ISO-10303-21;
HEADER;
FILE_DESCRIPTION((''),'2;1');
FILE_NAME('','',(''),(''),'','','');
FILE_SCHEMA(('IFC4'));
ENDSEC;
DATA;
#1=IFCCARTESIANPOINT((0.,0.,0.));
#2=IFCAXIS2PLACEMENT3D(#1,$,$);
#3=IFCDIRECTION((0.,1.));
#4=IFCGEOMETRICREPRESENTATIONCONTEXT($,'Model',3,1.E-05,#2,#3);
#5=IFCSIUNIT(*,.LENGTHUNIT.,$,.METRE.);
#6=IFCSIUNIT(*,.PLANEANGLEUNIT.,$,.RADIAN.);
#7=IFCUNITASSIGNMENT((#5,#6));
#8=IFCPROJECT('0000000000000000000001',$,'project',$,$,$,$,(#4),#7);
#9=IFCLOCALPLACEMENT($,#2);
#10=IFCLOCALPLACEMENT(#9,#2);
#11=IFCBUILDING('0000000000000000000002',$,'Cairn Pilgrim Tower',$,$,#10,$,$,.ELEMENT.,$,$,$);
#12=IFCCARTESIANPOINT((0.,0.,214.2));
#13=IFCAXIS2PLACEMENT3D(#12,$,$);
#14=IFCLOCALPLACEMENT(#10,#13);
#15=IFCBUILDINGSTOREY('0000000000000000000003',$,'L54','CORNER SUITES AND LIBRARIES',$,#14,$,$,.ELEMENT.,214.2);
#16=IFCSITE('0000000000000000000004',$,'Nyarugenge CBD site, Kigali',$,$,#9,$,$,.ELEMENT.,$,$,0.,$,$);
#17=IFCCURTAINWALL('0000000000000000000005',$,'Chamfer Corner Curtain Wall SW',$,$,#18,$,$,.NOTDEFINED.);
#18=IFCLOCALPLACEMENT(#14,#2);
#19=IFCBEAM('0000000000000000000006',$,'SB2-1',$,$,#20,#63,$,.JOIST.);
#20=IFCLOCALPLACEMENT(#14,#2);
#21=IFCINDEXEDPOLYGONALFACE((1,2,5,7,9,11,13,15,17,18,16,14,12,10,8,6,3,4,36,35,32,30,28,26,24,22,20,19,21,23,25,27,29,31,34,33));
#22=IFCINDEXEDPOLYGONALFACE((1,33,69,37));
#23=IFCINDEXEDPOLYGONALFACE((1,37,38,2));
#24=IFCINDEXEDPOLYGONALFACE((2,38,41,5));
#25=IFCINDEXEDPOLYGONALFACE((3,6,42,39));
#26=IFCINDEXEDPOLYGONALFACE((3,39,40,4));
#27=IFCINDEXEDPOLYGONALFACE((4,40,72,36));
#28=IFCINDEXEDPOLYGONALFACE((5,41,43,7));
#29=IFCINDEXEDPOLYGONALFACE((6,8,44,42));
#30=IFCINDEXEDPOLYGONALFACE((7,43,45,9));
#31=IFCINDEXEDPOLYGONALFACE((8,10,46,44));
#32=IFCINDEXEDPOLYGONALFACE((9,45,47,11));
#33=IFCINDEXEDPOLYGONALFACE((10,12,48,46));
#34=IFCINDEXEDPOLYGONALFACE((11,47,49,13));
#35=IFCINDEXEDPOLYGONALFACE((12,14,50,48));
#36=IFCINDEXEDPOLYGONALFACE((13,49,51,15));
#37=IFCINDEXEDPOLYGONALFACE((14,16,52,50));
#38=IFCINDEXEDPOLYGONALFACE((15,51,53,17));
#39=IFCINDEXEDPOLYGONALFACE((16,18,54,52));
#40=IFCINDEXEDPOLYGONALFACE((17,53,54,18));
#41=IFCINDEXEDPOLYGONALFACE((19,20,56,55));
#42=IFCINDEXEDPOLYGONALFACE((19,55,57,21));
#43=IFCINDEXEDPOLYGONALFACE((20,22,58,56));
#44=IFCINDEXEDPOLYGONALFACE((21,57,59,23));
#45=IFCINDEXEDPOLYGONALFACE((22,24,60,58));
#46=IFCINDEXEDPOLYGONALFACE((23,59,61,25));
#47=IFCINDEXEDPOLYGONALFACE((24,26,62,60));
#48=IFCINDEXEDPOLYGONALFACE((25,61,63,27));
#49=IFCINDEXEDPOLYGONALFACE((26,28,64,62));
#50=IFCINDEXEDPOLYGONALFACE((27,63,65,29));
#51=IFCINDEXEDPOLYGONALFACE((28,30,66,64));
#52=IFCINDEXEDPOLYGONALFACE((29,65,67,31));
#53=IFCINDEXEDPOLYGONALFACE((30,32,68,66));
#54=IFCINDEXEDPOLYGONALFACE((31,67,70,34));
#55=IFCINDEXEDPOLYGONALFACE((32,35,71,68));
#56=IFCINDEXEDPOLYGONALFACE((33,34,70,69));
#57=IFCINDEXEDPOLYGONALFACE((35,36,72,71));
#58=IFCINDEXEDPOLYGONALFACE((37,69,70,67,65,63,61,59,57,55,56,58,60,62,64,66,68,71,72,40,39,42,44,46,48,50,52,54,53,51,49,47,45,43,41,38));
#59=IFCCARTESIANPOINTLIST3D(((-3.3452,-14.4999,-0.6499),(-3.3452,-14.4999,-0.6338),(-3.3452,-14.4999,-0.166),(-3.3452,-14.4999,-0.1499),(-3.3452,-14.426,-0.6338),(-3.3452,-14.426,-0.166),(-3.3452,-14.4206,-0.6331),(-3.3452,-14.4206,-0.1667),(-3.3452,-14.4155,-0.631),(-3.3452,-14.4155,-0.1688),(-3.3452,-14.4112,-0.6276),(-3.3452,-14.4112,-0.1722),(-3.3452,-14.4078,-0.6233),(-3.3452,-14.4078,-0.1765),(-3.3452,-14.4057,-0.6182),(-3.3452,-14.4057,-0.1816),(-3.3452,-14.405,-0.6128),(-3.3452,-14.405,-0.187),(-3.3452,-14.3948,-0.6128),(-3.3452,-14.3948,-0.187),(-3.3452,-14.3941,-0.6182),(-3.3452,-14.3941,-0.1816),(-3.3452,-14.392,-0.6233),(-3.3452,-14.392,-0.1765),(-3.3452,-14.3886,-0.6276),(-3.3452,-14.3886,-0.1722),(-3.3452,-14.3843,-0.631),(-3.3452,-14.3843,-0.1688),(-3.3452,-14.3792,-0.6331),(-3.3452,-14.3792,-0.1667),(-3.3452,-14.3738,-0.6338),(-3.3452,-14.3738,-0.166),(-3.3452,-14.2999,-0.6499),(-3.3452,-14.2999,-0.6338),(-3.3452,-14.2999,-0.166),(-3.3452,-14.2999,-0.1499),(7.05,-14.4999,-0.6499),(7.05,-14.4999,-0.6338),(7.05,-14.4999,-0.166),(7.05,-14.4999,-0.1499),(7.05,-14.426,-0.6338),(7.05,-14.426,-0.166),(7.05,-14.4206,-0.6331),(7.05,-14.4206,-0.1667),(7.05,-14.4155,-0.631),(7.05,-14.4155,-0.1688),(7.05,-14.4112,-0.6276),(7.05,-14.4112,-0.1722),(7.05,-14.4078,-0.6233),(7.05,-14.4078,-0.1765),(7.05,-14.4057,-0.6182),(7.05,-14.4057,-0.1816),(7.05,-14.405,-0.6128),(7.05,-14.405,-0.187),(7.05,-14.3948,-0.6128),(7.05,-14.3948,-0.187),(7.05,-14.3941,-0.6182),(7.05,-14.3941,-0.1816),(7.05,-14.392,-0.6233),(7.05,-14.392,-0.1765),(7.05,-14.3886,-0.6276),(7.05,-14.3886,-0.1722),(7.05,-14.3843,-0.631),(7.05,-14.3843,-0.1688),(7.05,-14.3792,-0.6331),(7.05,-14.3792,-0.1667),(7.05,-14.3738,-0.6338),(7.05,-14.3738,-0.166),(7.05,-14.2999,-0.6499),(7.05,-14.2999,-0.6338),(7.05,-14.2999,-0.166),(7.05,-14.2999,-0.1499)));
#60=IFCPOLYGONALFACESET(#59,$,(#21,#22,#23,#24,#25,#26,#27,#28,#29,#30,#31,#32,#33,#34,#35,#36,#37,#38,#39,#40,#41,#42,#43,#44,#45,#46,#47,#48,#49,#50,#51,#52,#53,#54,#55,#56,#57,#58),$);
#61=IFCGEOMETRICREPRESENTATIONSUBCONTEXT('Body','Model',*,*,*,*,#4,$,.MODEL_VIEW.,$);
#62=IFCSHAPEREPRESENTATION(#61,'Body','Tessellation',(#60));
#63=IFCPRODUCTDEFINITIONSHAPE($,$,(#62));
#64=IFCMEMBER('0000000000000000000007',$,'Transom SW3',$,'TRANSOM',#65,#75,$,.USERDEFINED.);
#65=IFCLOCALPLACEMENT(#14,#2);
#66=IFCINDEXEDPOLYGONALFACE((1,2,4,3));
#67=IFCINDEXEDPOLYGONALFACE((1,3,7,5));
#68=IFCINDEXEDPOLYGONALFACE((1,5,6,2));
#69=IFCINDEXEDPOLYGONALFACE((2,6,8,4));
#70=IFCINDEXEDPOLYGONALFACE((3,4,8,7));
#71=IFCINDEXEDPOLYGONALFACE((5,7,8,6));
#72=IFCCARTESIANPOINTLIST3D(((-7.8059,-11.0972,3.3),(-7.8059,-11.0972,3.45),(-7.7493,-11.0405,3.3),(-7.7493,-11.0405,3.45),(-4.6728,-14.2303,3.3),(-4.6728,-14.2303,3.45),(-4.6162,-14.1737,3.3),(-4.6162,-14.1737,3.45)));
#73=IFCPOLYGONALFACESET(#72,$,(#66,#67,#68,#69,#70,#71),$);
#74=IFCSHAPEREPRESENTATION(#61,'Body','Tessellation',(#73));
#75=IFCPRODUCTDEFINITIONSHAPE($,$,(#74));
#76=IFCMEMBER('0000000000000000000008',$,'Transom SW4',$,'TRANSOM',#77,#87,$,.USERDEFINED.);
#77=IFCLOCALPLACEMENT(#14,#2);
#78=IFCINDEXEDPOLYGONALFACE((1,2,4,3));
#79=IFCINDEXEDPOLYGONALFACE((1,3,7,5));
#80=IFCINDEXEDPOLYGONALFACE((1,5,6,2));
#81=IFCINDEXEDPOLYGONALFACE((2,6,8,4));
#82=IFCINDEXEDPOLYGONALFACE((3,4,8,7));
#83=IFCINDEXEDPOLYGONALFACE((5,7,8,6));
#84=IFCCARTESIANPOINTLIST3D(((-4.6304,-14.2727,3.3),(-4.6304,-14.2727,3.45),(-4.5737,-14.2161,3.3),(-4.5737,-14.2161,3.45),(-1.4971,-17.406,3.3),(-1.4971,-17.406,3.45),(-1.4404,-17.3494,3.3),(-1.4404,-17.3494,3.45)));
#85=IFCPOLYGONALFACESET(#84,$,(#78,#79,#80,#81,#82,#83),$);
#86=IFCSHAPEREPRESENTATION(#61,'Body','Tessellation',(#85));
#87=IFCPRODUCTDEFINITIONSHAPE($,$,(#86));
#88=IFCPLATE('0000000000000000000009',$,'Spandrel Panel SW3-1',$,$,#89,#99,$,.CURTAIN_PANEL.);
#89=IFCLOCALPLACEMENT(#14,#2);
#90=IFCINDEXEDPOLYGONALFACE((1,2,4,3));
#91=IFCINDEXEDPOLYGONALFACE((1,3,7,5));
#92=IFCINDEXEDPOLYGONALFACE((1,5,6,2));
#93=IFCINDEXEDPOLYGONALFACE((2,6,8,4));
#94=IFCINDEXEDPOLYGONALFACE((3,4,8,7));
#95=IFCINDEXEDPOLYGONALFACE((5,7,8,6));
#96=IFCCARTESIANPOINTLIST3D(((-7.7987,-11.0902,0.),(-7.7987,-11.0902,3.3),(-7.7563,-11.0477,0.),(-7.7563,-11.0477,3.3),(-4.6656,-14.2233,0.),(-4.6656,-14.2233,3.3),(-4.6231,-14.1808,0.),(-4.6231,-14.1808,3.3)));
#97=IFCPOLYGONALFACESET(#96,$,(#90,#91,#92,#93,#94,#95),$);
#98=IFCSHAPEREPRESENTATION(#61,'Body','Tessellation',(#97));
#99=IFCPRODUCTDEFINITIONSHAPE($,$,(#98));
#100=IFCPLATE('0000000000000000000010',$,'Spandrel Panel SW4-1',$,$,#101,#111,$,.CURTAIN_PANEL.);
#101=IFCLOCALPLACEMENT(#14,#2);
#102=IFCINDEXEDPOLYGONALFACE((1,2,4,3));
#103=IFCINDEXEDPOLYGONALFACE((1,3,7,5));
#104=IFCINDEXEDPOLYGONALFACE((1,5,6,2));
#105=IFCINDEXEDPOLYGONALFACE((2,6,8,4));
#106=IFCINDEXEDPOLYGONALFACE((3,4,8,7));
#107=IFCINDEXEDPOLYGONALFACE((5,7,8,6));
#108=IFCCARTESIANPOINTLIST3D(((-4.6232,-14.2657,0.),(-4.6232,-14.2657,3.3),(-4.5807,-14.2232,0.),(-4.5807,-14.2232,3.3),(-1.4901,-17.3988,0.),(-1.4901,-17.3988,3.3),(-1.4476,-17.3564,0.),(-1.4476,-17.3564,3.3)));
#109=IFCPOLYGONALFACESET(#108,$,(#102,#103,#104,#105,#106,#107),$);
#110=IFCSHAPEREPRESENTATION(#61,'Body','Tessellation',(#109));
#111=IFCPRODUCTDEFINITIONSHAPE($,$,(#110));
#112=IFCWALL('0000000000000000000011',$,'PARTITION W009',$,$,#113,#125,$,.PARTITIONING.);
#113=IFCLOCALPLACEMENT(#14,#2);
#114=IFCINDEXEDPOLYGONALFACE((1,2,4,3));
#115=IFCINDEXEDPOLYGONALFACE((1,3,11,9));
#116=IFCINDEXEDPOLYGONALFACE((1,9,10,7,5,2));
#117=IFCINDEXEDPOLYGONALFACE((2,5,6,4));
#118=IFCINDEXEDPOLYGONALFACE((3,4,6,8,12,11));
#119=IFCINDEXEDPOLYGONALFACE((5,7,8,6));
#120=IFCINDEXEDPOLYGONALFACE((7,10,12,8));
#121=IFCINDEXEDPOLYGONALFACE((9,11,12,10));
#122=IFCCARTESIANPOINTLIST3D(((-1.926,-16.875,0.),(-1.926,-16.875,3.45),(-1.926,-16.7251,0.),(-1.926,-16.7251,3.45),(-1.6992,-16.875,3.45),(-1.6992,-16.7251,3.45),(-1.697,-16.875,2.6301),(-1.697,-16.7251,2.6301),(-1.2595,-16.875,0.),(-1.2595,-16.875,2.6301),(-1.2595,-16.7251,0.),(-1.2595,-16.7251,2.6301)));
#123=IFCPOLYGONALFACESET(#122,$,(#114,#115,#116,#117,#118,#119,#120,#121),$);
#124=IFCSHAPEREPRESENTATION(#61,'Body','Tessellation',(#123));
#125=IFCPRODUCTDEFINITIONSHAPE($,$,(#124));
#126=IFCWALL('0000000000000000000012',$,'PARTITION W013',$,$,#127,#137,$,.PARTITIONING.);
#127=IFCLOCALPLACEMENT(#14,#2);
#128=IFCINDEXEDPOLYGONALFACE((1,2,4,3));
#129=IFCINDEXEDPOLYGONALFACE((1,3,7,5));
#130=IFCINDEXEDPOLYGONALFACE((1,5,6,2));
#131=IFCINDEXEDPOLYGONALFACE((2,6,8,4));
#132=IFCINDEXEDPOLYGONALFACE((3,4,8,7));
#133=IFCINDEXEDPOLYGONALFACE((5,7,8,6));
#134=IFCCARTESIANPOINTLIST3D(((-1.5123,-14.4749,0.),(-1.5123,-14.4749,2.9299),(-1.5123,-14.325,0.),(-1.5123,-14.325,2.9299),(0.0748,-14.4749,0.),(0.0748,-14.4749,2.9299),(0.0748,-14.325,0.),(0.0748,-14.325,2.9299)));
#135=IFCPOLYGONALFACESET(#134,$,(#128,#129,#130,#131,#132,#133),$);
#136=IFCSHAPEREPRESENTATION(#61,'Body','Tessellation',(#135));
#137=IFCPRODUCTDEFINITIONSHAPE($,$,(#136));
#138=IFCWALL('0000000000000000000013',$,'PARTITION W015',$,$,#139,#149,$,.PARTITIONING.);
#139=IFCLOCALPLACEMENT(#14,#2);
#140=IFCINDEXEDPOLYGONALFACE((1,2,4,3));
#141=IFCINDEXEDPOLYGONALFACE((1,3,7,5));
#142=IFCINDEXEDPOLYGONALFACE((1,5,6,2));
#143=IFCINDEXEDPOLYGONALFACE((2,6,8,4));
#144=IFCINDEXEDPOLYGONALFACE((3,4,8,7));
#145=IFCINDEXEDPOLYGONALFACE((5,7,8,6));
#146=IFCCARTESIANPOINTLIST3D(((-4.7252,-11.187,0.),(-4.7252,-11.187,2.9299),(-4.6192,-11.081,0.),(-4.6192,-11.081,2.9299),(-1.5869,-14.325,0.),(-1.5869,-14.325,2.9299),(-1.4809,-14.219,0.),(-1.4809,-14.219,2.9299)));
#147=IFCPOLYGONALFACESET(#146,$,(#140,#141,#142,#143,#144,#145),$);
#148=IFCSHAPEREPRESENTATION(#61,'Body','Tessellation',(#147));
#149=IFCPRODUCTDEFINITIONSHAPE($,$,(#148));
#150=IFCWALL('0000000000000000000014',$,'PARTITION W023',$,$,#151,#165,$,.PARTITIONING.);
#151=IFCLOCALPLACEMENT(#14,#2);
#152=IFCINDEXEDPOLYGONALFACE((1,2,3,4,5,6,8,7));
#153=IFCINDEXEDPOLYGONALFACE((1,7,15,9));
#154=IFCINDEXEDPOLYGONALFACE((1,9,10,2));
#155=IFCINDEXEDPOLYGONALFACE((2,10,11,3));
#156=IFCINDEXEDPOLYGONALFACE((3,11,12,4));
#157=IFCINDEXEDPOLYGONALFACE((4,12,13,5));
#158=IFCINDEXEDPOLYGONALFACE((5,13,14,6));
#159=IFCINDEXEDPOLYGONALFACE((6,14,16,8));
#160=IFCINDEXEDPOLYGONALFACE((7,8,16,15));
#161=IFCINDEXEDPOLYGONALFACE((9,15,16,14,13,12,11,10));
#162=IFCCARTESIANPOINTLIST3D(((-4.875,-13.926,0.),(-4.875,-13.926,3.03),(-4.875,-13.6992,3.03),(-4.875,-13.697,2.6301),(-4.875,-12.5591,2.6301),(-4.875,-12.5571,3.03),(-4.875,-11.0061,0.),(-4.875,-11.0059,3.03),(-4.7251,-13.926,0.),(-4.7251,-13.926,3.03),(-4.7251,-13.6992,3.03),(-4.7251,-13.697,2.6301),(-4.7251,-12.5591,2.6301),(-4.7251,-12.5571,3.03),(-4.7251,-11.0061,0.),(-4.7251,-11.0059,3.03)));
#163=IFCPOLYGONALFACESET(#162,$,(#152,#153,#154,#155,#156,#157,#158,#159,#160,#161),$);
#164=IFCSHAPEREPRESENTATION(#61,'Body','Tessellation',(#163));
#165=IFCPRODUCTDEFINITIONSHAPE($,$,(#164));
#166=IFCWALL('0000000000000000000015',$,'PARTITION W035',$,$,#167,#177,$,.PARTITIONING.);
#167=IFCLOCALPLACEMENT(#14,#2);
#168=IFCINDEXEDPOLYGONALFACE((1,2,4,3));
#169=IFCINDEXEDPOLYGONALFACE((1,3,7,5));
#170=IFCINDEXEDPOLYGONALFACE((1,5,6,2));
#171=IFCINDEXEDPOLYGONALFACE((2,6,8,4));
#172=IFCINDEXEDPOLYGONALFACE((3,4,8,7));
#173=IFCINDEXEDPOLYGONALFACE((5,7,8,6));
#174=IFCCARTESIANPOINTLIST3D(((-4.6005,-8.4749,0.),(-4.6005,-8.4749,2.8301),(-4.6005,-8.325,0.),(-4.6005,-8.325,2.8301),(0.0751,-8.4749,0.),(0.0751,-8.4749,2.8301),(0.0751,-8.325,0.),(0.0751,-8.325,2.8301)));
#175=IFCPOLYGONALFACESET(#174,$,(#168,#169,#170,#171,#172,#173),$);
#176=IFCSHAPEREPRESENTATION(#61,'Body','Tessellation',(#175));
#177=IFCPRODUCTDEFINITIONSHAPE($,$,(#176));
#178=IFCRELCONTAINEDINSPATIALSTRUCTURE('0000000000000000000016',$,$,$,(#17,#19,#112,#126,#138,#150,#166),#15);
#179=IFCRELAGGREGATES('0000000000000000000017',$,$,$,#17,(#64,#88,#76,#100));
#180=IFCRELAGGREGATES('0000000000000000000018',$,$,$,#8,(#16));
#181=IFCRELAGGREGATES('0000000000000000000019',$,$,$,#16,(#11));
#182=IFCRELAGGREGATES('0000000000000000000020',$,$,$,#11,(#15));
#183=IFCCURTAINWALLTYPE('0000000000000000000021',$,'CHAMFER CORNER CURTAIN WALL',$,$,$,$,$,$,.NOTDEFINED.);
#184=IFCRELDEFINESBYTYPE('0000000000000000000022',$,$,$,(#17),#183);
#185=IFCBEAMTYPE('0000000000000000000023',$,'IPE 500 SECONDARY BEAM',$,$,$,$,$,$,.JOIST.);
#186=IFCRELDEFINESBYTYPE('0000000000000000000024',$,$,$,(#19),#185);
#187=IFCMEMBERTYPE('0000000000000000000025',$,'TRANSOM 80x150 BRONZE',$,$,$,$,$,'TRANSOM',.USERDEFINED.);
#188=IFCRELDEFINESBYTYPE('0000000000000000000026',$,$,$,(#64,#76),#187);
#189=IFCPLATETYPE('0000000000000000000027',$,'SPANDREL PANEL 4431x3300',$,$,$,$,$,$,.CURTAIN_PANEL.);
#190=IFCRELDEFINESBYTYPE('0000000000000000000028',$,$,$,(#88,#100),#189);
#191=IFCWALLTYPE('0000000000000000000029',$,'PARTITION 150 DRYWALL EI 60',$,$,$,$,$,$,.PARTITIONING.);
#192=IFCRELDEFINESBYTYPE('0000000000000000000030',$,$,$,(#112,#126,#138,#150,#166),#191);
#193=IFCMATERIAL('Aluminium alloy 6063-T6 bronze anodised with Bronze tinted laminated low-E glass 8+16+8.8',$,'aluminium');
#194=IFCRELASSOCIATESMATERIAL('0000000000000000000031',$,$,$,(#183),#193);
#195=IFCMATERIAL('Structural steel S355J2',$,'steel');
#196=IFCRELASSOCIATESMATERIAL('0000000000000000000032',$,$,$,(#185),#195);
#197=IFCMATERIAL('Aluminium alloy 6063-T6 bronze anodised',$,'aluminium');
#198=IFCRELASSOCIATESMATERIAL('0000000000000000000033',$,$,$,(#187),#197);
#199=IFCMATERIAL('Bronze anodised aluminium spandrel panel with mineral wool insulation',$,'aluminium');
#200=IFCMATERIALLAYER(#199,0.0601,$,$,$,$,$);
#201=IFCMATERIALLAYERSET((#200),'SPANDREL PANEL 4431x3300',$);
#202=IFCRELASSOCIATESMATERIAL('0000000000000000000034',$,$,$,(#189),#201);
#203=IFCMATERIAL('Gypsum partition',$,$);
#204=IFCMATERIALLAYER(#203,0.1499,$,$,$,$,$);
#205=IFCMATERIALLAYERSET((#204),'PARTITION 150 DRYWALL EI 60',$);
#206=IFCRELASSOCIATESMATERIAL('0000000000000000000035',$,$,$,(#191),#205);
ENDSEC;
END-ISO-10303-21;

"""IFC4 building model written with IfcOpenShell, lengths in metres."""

from ifc_helpers import new_model, si_unit, direction, frame, frame_2d, origin, origin_2d, place, context, subcontext, project, spatial, polyline, rectangle, i_section, outline, extrude, material, layer, layer_set, material_profile, profile_set, type_object, element, aggregate, save


model = new_model("IFC4")

# Units and contexts
model_context = context("Model", 3, precision=1e-05, world=origin(), true_north=direction((0.0, 1.0)))
body_context = subcontext(model_context, "Body", "Model", "MODEL_VIEW")
ifc_project = project(units=[si_unit("LENGTHUNIT", "METRE"), si_unit("PLANEANGLEUNIT", "RADIAN")], contexts=[model_context])

# Site, building, storey
site_placement = place(None, origin())
site = spatial("IfcSite", under=ifc_project, at=site_placement, Name="Nyarugenge CBD site, Kigali", CompositionType="ELEMENT", RefElevation=0.0)
building_placement = place(site_placement, origin())
building = spatial("IfcBuilding", under=site, at=building_placement, Name="Cairn Pilgrim Tower", CompositionType="ELEMENT")
storey_placement = place(building_placement, frame((0.0, 0.0, 214.2)))
storey = spatial("IfcBuildingStorey", under=building, at=storey_placement, Name="L54", Description="CORNER SUITES AND LIBRARIES", CompositionType="ELEMENT", Elevation=214.2)

# Shared definitions
ifc_material_1 = material(Name="Structural steel S355J2", Category="steel")

# Curtain wall
ifc_material_2 = material(Name="Aluminium alloy 6063-T6 bronze anodised with Bronze tinted laminated low-E glass 8+16+8.8", Category="aluminium")
curtain_wall_type = type_object("IfcCurtainWallType", Name="CHAMFER CORNER CURTAIN WALL", PredefinedType="NOTDEFINED", material=ifc_material_2)
curtain_wall_placement = place(storey_placement, origin())
curtain_wall = element("IfcCurtainWall", 1, at=curtain_wall_placement, inside=storey, type_object=curtain_wall_type, Name="Chamfer Corner Curtain Wall SW", PredefinedType="NOTDEFINED")
ifc_material_3 = material(Name="Aluminium alloy 6063-T6 bronze anodised", Category="aluminium")

# Beam
ifc_material_profile_1 = material_profile(ifc_material_1, i_section(OverallWidth=0.2, OverallDepth=0.5, WebThickness=0.0103, FlangeThickness=0.0161, FilletRadius=0.021, at=origin_2d()), Name="IPE 500")
ifc_profile_set_1 = profile_set([ifc_material_profile_1], Name="Structural steel S355J2")
beam_type_1 = type_object("IfcBeamType", Name="IPE 500 SECONDARY BEAM", PredefinedType="JOIST", material=ifc_profile_set_1)
beam_1_placement = place(storey_placement, frame((-3.3452, -14.3999, -0.3999), z_axis=(1.0, 0.0, 0.0), x_axis=(0.0, 1.0, 0.0)))
element("IfcBeam", 2, at=beam_1_placement, inside=storey, type_object=beam_type_1, Name="SB2-1", PredefinedType="JOIST", context=body_context, shape_type="SweptSolid", body=[
    extrude(i_section(OverallWidth=0.2, OverallDepth=0.5, WebThickness=0.0103, FlangeThickness=0.0161, FilletRadius=0.021, at=origin_2d()), origin(), (0.0, 0.0, 1.0), 10.3953),
])

# Members
ifc_material_profile_2 = material_profile(ifc_material_3, rectangle(XDim=0.0801, YDim=0.1499, at=origin_2d()), Name="TRANSOM 80x150 BRONZE")
ifc_profile_set_2 = profile_set([ifc_material_profile_2], Name="Aluminium alloy 6063-T6 bronze anodised")
member_type_1 = type_object("IfcMemberType", Name="TRANSOM 80x150 BRONZE", ElementType="TRANSOM", PredefinedType="USERDEFINED", material=ifc_profile_set_2)
member_1_placement = place(storey_placement, frame((-7.7776, -11.0688, 3.375), z_axis=(0.707107, -0.707107, 0.0), x_axis=(0.707107, 0.707107, 0.0)))
member_1 = element("IfcMember", 3, at=member_1_placement, type_object=member_type_1, Name="Transom SW3", ObjectType="TRANSOM", PredefinedType="USERDEFINED", context=body_context, shape_type="SweptSolid", body=[
    extrude(rectangle(XDim=0.0801, YDim=0.1499, at=origin_2d()), origin(), (0.0, 0.0, 1.0), 4.4309),
])
member_2_placement = place(storey_placement, frame((-4.6021, -14.2444, 3.375), z_axis=(0.707107, -0.707107, 0.0), x_axis=(0.707107, 0.707107, 0.0)))
member_2 = element("IfcMember", 4, at=member_2_placement, type_object=member_type_1, Name="Transom SW4", ObjectType="TRANSOM", PredefinedType="USERDEFINED", context=body_context, shape_type="SweptSolid", body=[
    extrude(rectangle(XDim=0.0801, YDim=0.1499, at=origin_2d()), origin(), (0.0, 0.0, 1.0), 4.4312),
])

# Plates
ifc_material_4 = material(Name="Bronze anodised aluminium spandrel panel with mineral wool insulation", Category="aluminium")
ifc_layer_1 = layer(ifc_material_4, 0.0601)
ifc_layer_set_1 = layer_set([ifc_layer_1], Name="SPANDREL PANEL 4431x3300")
plate_type = type_object("IfcPlateType", Name="SPANDREL PANEL 4431x3300", PredefinedType="CURTAIN_PANEL", material=ifc_layer_set_1)
plate_1_placement = place(storey_placement, frame((-6.2109, -12.6355, 0.0), z_axis=(0.0, 0.0, 1.0), x_axis=(0.707107, -0.707107, 0.0)))
plate_1 = element("IfcPlate", 5, at=plate_1_placement, type_object=plate_type, Name="Spandrel Panel SW3-1", PredefinedType="CURTAIN_PANEL", context=body_context, shape_type="SweptSolid", body=[
    extrude(rectangle(XDim=4.4309, YDim=0.0601, at=origin_2d()), origin(), (0.0, 0.0, 1.0), 3.3),
])
plate_2_placement = place(storey_placement, frame((-3.0354, -15.811, 0.0), z_axis=(0.0, 0.0, 1.0), x_axis=(0.707107, -0.707107, 0.0)))
plate_2 = element("IfcPlate", 6, at=plate_2_placement, type_object=plate_type, Name="Spandrel Panel SW4-1", PredefinedType="CURTAIN_PANEL", context=body_context, shape_type="SweptSolid", body=[
    extrude(rectangle(XDim=4.4309, YDim=0.0601, at=origin_2d()), origin(), (0.0, 0.0, 1.0), 3.3),
])
aggregate(curtain_wall, [member_1, plate_1, member_2, plate_2])

# Walls
ifc_material_5 = material(Name="Gypsum partition")
ifc_layer_2 = layer(ifc_material_5, 0.1499)
ifc_layer_set_2 = layer_set([ifc_layer_2], Name="PARTITION 150 DRYWALL EI 60")
wall_type_1 = type_object("IfcWallType", Name="PARTITION 150 DRYWALL EI 60", PredefinedType="PARTITIONING", material=ifc_layer_set_2)
wall_1_placement = place(storey_placement, frame((-1.926, -16.8, 0.0), z_axis=(0.0, 0.0, 1.0), x_axis=(1.0, 0.0, 0.0)))
element("IfcWall", 7, at=wall_1_placement, inside=storey, type_object=wall_type_1, Name="PARTITION W009", PredefinedType="PARTITIONING", context=body_context, shape_type="SweptSolid", body=[
    extrude(outline(polyline([(0.0, 0.0), (0.6665, 0.0), (0.6665, 2.6301), (0.229, 2.6301), (0.2268, 3.45), (0.0, 3.45), (0.0, 0.0)])), frame((0.0, 0.075, 0.0), z_axis=(0.0, -1.0, 0.0), x_axis=(1.0, 0.0, 0.0)), (0.0, 0.0, 1.0), 0.1499),
])
wall_2_placement = place(storey_placement, frame((-1.5122, -14.3999, 0.0), z_axis=(0.0, 0.0, 1.0), x_axis=(1.0, 0.0, 0.0)))
element("IfcWall", 8, at=wall_2_placement, inside=storey, type_object=wall_type_1, Name="PARTITION W013", PredefinedType="PARTITIONING", context=body_context, shape_type="SweptSolid", body=[
    extrude(rectangle(XDim=1.5872, YDim=0.1499, at=frame_2d((0.7935, 0.0))), origin(), (0.0, 0.0, 1.0), 2.9299),
])
wall_3_placement = place(storey_placement, frame((-1.5339, -14.272, 0.0), z_axis=(0.0, 0.0, 1.0), x_axis=(-0.707134, 0.707079, 0.0)))
element("IfcWall", 9, at=wall_3_placement, inside=storey, type_object=wall_type_1, Name="PARTITION W015", PredefinedType="PARTITIONING", context=body_context, shape_type="SweptSolid", body=[
    extrude(rectangle(XDim=4.438, YDim=0.1499, at=frame_2d((2.219, 0.0))), origin(), (0.0, 0.0, 1.0), 2.9299),
])
wall_4_placement = place(storey_placement, frame((-4.8, -13.926, 0.0), z_axis=(0.0, 0.0, 1.0), x_axis=(0.0, 1.0, 0.0)))
element("IfcWall", 10, at=wall_4_placement, inside=storey, type_object=wall_type_1, Name="PARTITION W023", PredefinedType="PARTITIONING", context=body_context, shape_type="SweptSolid", body=[
    extrude(outline(polyline([(0.0, 0.0), (2.9199, 0.0), (2.9202, 3.03), (1.3689, 3.03), (1.3669, 2.6301), (0.229, 2.6301), (0.2268, 3.03), (0.0, 3.03), (0.0, 0.0)])), frame((0.0, 0.075, 0.0), z_axis=(0.0, -1.0, 0.0), x_axis=(1.0, 0.0, 0.0)), (0.0, 0.0, 1.0), 0.1499),
])
wall_5_placement = place(storey_placement, frame((-4.6006, -8.3999, 0.0), z_axis=(0.0, 0.0, 1.0), x_axis=(1.0, 0.0, 0.0)))
element("IfcWall", 11, at=wall_5_placement, inside=storey, type_object=wall_type_1, Name="PARTITION W035", PredefinedType="PARTITIONING", context=body_context, shape_type="SweptSolid", body=[
    extrude(rectangle(XDim=4.6755, YDim=0.1499, at=frame_2d((2.3379, 0.0))), origin(), (0.0, 0.0, 1.0), 2.8301),
])

save(model, "model.ifc")
